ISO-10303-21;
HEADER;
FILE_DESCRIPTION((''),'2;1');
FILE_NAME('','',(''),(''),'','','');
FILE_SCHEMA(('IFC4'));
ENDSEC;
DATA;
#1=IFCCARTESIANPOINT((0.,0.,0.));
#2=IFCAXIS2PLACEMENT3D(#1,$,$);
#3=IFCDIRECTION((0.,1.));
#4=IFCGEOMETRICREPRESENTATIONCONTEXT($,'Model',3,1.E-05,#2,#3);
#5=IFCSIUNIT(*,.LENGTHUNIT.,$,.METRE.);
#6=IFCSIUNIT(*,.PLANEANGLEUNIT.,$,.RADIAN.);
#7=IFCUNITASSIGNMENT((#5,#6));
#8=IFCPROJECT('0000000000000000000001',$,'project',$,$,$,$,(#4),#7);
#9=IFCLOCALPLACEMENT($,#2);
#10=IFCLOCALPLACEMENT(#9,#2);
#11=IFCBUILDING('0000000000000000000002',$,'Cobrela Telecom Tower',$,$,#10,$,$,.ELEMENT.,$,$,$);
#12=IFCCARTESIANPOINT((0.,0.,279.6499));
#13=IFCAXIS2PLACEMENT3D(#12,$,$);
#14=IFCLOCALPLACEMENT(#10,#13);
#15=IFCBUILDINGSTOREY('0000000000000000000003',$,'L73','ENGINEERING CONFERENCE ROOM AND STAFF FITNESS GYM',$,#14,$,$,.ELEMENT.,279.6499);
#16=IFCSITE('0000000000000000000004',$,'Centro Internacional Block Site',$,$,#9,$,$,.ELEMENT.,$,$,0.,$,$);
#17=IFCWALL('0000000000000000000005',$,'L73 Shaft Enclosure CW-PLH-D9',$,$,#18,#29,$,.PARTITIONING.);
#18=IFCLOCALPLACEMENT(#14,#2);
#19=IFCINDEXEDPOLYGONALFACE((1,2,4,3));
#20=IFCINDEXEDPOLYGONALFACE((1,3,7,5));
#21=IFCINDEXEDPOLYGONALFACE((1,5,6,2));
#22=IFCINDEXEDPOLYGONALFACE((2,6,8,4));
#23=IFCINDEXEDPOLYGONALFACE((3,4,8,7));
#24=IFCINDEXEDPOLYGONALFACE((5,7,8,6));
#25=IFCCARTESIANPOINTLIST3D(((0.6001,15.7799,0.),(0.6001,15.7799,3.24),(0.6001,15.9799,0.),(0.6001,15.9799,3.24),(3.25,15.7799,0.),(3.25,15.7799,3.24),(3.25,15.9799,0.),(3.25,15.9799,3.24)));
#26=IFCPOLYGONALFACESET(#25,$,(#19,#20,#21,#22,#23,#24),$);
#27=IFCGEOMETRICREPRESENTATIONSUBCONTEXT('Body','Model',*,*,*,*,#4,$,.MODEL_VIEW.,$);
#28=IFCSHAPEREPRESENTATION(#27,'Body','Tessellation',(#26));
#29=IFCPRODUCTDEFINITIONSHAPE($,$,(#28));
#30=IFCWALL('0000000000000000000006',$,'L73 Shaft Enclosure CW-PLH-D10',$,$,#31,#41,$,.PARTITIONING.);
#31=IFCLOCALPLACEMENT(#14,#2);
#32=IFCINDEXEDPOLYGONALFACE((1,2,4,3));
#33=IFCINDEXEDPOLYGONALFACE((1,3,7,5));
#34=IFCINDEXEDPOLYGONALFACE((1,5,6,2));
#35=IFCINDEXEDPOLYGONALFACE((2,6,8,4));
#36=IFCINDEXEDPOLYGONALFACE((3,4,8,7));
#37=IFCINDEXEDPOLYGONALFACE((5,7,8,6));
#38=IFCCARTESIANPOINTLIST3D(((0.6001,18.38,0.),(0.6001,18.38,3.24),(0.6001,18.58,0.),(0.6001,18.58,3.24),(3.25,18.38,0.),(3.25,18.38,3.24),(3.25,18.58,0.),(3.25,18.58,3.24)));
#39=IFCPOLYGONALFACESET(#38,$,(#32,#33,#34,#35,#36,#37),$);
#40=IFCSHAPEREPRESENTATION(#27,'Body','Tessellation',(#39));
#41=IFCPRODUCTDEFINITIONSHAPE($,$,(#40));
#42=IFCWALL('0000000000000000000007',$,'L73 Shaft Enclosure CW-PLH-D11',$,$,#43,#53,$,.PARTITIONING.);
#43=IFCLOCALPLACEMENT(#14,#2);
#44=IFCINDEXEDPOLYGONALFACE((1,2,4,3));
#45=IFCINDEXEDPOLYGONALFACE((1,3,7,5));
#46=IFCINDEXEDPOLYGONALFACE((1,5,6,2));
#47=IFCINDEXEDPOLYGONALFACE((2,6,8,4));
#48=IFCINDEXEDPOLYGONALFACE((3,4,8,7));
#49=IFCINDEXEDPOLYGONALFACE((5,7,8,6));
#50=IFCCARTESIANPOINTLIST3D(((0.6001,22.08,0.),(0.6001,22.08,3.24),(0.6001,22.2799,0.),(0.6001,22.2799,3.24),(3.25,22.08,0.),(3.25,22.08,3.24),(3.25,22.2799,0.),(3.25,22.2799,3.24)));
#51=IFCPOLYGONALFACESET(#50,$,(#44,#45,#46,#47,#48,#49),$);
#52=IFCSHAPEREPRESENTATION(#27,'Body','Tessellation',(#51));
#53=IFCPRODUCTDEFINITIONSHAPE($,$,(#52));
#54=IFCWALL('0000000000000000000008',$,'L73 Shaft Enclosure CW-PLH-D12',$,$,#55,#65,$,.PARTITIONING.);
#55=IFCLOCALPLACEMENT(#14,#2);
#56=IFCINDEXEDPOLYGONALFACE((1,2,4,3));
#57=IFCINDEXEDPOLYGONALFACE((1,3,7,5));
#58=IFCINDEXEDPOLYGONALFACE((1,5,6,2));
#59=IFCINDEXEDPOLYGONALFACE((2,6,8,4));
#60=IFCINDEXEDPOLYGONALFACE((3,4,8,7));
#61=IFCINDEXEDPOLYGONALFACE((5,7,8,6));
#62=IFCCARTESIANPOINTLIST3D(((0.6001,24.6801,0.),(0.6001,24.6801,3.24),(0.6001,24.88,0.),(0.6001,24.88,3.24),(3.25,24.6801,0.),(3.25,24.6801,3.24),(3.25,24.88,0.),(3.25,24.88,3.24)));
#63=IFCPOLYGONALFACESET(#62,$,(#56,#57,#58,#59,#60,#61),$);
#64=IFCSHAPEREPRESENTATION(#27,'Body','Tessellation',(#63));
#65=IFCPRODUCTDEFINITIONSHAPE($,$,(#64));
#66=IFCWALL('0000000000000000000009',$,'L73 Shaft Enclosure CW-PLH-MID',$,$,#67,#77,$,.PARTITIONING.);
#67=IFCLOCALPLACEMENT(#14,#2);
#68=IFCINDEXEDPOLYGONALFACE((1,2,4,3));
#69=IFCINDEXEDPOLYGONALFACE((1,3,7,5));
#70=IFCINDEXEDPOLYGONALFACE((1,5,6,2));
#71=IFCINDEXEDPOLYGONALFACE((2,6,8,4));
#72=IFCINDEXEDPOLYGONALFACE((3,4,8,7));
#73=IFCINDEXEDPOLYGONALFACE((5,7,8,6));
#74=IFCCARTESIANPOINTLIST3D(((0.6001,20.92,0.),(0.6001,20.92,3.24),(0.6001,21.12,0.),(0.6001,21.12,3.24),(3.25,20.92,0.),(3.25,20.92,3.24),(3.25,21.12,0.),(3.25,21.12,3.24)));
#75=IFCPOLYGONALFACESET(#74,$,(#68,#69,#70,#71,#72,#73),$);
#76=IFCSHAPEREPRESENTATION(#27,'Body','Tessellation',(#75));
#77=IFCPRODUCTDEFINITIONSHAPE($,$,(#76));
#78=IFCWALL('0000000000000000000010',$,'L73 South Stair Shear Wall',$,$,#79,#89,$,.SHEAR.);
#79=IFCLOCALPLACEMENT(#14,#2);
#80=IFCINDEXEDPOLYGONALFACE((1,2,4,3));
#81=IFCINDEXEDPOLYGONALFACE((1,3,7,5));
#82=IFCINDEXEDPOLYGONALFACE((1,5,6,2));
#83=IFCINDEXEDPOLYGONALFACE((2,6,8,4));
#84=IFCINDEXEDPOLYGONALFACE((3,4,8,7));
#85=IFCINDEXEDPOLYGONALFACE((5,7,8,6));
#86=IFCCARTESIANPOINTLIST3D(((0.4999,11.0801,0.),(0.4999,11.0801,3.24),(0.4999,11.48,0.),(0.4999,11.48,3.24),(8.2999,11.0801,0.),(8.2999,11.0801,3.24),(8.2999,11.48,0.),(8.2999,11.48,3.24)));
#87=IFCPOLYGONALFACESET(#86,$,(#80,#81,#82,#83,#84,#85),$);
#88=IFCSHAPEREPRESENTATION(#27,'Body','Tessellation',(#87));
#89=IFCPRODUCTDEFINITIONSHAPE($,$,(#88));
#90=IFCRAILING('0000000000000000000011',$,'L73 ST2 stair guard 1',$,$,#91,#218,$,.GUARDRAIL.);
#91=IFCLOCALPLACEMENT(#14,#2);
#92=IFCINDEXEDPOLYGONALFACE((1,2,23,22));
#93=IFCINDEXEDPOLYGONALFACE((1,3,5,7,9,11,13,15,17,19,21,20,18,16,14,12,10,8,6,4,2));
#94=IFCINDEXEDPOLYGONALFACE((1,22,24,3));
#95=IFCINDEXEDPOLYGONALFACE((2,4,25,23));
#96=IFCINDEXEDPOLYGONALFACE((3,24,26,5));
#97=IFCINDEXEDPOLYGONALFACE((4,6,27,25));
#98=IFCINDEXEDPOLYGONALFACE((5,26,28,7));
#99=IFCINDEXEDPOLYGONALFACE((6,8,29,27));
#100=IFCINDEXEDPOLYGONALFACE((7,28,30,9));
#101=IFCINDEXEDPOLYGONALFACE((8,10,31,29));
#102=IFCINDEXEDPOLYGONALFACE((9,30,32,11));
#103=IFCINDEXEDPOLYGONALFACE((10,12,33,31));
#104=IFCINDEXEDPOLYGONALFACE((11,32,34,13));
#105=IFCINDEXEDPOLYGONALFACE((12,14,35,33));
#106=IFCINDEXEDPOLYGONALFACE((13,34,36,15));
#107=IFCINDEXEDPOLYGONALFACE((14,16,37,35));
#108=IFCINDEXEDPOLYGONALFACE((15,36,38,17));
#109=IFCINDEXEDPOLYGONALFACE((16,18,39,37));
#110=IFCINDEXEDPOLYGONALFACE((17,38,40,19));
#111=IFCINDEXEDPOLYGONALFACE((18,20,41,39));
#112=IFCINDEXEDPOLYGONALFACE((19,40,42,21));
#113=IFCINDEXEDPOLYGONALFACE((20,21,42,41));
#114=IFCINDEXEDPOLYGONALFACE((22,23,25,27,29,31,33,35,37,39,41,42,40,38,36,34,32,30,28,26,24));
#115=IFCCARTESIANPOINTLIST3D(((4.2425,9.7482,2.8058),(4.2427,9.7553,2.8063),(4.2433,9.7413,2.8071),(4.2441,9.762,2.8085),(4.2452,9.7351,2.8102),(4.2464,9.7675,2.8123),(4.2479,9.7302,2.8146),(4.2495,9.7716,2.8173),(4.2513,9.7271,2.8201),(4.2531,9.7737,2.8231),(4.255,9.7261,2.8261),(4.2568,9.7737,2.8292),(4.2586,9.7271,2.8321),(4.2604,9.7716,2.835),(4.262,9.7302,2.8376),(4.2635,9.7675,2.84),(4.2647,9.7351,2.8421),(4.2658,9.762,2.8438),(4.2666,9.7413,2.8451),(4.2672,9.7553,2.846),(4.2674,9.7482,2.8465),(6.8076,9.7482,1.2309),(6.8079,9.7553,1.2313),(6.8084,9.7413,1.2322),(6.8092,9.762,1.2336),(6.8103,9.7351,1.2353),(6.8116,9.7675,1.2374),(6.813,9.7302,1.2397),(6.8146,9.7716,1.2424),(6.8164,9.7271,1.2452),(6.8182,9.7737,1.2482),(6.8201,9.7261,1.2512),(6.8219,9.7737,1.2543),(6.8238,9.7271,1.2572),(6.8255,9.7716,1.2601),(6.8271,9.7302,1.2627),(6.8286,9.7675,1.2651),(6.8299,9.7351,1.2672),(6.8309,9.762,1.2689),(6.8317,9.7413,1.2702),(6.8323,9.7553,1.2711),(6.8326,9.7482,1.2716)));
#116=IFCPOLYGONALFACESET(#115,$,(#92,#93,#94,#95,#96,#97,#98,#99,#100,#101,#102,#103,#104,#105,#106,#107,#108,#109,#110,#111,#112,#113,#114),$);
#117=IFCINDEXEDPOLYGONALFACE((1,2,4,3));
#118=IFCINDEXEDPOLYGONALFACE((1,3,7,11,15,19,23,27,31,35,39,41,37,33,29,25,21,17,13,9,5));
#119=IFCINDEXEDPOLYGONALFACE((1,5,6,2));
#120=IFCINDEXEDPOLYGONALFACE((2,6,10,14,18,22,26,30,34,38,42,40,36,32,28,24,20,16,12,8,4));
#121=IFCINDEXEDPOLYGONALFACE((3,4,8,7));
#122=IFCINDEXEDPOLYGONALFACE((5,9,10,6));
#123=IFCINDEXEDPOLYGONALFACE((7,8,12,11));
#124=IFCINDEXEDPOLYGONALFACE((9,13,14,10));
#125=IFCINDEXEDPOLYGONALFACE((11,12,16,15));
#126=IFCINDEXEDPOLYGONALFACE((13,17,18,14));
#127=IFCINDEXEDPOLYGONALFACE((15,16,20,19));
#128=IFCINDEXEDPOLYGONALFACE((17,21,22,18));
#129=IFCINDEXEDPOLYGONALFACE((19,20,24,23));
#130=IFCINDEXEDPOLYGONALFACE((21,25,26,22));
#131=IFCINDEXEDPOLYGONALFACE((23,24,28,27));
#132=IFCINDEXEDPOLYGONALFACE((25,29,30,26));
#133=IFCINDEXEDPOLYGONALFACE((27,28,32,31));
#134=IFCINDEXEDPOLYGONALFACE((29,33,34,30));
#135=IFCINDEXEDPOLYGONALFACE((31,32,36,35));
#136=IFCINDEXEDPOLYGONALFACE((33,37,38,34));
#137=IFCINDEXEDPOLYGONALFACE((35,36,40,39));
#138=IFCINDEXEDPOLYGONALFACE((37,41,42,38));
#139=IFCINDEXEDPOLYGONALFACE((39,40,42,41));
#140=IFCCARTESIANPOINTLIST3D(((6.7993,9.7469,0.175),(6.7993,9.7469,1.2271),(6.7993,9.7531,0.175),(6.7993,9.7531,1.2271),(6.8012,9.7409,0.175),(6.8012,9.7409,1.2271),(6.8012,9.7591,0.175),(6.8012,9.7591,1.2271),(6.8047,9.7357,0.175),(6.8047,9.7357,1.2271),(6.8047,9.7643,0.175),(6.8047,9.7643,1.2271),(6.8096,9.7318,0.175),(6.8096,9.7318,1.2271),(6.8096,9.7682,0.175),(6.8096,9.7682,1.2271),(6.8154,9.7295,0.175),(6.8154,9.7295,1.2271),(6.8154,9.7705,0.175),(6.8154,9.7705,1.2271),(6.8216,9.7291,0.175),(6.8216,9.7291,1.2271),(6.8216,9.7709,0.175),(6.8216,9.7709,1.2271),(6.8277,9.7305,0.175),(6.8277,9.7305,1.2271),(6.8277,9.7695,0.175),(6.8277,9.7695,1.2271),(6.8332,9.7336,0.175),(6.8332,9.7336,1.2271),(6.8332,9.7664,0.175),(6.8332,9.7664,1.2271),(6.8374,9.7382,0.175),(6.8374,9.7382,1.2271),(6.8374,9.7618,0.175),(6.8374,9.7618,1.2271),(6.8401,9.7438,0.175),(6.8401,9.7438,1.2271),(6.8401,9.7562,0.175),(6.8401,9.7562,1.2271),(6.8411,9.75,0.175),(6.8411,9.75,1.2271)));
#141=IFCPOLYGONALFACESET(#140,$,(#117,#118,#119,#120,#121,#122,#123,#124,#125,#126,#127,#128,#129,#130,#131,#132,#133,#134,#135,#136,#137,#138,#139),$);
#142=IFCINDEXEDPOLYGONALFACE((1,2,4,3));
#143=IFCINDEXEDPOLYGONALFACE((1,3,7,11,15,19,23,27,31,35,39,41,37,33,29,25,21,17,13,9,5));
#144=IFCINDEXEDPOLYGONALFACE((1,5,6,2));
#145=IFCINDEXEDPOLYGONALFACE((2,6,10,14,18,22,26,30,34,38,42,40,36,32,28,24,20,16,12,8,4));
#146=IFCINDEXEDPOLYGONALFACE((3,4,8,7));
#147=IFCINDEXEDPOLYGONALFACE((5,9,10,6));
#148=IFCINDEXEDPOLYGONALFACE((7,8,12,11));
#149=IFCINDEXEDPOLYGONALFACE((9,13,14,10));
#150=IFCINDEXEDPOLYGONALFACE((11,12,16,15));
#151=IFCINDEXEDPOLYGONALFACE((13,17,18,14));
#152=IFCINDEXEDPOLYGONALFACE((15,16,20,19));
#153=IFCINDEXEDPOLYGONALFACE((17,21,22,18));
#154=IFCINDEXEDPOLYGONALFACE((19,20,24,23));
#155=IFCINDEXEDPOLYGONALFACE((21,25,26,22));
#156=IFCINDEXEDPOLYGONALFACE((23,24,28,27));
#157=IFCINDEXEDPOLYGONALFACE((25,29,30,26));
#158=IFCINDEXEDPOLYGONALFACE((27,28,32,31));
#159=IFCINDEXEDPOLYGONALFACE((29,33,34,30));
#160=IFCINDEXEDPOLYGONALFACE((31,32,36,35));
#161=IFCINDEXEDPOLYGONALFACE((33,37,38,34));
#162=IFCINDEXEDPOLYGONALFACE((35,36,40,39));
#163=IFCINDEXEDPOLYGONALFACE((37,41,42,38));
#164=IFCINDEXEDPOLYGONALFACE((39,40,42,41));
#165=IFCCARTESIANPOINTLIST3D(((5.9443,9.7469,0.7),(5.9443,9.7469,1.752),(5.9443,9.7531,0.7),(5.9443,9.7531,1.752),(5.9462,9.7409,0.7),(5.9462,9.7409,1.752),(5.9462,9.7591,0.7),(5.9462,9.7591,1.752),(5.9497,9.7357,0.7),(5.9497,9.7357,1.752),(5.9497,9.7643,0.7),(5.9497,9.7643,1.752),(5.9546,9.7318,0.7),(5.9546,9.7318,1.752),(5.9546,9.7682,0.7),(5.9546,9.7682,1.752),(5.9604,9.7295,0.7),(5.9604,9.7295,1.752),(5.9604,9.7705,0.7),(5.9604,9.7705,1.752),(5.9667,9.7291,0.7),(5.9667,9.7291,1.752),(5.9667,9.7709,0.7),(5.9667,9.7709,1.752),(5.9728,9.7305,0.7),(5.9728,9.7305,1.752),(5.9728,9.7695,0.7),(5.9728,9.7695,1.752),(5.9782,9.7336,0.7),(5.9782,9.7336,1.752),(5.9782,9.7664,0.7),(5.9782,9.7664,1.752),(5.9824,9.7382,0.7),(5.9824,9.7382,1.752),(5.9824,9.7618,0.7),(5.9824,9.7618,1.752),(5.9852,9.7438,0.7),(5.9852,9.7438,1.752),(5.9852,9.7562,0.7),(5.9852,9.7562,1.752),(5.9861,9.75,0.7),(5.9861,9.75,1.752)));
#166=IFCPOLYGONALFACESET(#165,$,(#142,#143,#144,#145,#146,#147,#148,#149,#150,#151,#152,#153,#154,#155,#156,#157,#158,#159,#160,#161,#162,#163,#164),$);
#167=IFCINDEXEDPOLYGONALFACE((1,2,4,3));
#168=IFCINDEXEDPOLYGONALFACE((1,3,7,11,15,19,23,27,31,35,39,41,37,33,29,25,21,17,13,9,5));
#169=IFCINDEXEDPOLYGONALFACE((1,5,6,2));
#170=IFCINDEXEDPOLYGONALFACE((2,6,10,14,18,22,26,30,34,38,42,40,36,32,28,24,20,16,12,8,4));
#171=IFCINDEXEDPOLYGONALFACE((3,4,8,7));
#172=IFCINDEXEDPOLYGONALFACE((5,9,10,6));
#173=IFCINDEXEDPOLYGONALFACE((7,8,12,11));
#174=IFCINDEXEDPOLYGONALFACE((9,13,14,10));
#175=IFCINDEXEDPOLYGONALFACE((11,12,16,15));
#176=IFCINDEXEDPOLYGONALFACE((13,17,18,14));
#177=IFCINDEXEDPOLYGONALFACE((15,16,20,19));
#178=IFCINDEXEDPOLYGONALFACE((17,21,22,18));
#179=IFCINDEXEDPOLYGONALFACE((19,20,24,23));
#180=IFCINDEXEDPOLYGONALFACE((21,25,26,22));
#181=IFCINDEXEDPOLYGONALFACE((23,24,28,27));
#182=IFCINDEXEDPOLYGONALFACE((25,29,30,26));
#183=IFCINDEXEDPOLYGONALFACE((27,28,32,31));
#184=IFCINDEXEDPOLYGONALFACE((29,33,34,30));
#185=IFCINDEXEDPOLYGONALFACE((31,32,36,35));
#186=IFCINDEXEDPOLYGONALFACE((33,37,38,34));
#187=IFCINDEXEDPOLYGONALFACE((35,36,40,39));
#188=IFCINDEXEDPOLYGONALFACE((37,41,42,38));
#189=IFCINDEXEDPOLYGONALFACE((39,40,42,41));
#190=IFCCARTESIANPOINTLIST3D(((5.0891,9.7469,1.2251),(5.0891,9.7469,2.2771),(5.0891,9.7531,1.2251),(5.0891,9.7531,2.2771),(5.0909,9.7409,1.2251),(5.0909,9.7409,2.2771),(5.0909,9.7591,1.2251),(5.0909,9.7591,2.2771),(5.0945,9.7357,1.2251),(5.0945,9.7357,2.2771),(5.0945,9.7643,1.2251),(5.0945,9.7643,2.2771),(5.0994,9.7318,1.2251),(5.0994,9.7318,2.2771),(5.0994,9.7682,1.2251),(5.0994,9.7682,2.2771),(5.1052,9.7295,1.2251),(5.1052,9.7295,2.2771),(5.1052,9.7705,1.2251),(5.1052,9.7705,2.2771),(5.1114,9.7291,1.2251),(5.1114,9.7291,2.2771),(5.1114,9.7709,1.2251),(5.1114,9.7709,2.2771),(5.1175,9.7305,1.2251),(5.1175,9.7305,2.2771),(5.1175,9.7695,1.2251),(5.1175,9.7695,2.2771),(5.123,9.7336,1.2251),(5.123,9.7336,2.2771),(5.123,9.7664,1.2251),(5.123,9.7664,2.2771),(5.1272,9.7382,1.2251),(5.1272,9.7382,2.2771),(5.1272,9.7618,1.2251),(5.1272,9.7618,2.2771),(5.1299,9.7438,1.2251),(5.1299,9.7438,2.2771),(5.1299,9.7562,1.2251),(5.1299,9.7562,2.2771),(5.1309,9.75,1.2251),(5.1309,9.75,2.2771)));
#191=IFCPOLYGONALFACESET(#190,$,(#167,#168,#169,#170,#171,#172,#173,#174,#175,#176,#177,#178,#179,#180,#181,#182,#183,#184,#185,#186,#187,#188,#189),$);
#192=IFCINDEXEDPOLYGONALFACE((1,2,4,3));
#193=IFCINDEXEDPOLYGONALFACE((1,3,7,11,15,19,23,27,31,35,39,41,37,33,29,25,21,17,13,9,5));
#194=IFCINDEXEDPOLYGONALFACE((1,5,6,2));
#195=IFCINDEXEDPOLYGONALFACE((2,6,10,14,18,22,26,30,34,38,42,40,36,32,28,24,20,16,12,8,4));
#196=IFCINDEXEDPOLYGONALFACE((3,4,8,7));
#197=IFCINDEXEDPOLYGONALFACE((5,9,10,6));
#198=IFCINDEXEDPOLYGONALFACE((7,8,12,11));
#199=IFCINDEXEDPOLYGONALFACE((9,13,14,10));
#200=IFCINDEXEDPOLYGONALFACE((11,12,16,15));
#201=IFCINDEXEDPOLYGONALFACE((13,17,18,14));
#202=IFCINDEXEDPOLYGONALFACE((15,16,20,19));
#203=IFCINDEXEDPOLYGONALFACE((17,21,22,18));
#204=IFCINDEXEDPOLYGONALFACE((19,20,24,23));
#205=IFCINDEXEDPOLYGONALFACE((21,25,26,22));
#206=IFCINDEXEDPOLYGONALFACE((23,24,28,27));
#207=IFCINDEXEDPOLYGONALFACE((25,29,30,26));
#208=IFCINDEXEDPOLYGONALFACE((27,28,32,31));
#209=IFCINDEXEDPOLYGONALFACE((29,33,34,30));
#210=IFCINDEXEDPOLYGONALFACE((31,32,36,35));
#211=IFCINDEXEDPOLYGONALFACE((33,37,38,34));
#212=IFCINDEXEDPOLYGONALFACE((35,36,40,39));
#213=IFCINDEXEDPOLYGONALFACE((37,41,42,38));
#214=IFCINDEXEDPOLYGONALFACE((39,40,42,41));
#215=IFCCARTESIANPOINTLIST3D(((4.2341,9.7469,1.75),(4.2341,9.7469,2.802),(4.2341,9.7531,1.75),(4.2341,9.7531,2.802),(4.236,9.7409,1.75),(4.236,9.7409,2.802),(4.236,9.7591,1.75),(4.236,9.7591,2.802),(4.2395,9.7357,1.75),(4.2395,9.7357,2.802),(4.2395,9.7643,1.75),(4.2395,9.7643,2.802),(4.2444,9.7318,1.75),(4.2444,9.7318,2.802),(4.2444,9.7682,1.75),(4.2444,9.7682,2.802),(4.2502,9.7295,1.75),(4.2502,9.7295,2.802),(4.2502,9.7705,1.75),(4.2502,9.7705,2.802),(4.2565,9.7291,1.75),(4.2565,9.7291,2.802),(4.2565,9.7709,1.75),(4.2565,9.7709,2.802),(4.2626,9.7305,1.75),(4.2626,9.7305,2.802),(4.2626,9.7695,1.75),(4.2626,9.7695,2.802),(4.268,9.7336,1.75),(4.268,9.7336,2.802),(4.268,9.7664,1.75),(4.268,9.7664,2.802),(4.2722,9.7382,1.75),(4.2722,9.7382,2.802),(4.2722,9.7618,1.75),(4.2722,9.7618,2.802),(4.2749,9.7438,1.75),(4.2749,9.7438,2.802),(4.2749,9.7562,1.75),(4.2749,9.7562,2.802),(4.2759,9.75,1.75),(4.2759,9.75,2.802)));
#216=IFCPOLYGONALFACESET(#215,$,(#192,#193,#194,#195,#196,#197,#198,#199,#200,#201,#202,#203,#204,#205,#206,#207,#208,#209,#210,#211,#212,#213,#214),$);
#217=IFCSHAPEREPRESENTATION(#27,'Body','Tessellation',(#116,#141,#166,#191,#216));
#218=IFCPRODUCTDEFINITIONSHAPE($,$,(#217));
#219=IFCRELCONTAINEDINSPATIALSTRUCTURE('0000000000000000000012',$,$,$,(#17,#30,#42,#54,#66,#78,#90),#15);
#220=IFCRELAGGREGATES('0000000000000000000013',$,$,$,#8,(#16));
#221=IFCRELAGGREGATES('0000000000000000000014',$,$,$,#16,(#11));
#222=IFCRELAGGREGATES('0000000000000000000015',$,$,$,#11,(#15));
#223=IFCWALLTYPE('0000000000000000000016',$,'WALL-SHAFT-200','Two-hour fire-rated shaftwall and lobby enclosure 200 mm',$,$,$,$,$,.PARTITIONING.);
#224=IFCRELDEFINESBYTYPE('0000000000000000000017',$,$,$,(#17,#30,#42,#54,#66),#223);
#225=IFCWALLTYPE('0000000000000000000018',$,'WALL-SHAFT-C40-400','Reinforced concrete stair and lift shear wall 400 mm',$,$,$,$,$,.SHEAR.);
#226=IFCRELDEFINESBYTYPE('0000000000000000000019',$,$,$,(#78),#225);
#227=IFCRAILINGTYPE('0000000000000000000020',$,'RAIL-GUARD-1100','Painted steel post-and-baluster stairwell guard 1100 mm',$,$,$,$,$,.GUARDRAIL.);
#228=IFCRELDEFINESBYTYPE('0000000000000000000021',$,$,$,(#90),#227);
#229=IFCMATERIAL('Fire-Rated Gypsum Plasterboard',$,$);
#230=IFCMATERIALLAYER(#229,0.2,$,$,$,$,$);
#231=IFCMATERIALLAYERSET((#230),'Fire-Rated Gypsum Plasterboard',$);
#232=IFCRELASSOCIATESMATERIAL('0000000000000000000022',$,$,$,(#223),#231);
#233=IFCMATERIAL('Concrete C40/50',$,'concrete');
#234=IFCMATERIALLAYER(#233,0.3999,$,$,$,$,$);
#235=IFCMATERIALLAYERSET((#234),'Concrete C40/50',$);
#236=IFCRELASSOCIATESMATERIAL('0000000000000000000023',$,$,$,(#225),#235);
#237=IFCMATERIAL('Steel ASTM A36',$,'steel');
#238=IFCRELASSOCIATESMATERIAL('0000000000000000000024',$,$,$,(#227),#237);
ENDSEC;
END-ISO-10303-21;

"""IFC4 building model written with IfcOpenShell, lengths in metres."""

from ifc_helpers import new_model, si_unit, direction, frame, frame_2d, origin, origin_2d, place, context, subcontext, project, spatial, rectangle, circle, extrude, material, layer, layer_set, type_object, element, save


model = new_model("IFC4")

# Units and contexts
model_context = context("Model", 3, precision=1e-05, world=origin(), true_north=direction((0.0, 1.0)))
body_context = subcontext(model_context, "Body", "Model", "MODEL_VIEW")
ifc_project = project(units=[si_unit("LENGTHUNIT", "METRE"), si_unit("PLANEANGLEUNIT", "RADIAN")], contexts=[model_context])

# Site, building, storey
site_placement = place(None, origin())
site = spatial("IfcSite", under=ifc_project, at=site_placement, Name="Centro Internacional Block Site", CompositionType="ELEMENT", RefElevation=0.0)
building_placement = place(site_placement, origin())
building = spatial("IfcBuilding", under=site, at=building_placement, Name="Cobrela Telecom Tower", CompositionType="ELEMENT")
storey_placement = place(building_placement, frame((0.0, 0.0, 279.6499)))
storey = spatial("IfcBuildingStorey", under=building, at=storey_placement, Name="L73", Description="ENGINEERING CONFERENCE ROOM AND STAFF FITNESS GYM", CompositionType="ELEMENT", Elevation=279.6499)

# Shared definitions
ifc_material_1 = material(Name="Fire-Rated Gypsum Plasterboard")

# Shared definitions
ifc_layer_1 = layer(ifc_material_1, 0.2)
ifc_layer_set_1 = layer_set([ifc_layer_1], Name="Fire-Rated Gypsum Plasterboard")
wall_type_1 = type_object("IfcWallType", Name="WALL-SHAFT-200", Description="Two-hour fire-rated shaftwall and lobby enclosure 200 mm", PredefinedType="PARTITIONING", material=ifc_layer_set_1)
ifc_material_2 = material(Name="Steel ASTM A36", Category="steel")

# Walls
for number, where, z_axis, x_axis, name in (
    (1, (0.6001, 15.8799, 0.0), (0.0, 0.0, 1.0), (1.0, 0.0, 0.0), "L73 Shaft Enclosure CW-PLH-D9"),
    (2, (0.6001, 18.48, 0.0), (0.0, 0.0, 1.0), (1.0, 0.0, 0.0), "L73 Shaft Enclosure CW-PLH-D10"),
    (3, (0.6001, 22.1799, 0.0), (0.0, 0.0, 1.0), (1.0, 0.0, 0.0), "L73 Shaft Enclosure CW-PLH-D11"),
    (4, (0.6001, 24.78, 0.0), (0.0, 0.0, 1.0), (1.0, 0.0, 0.0), "L73 Shaft Enclosure CW-PLH-D12"),
    (5, (0.6001, 21.02, 0.0), (0.0, 0.0, 1.0), (1.0, 0.0, 0.0), "L73 Shaft Enclosure CW-PLH-MID"),
):
    element("IfcWall", number, at=place(storey_placement, frame(where, z_axis=z_axis, x_axis=x_axis)), inside=storey, type_object=wall_type_1, Name=name, PredefinedType="PARTITIONING", context=body_context, shape_type="SweptSolid", body=[
        extrude(rectangle(XDim=2.6499, YDim=0.2, at=frame_2d((1.325, 0.0))), origin(), (0.0, 0.0, 1.0), 3.24),
    ])
ifc_material_3 = material(Name="Concrete C40/50", Category="concrete")
ifc_layer_2 = layer(ifc_material_3, 0.3999)
ifc_layer_set_2 = layer_set([ifc_layer_2], Name="Concrete C40/50")
wall_type_2 = type_object("IfcWallType", Name="WALL-SHAFT-C40-400", Description="Reinforced concrete stair and lift shear wall 400 mm", PredefinedType="SHEAR", material=ifc_layer_set_2)
wall_1_placement = place(storey_placement, frame((0.5, 11.28, 0.0), z_axis=(0.0, 0.0, 1.0), x_axis=(1.0, 0.0, 0.0)))
element("IfcWall", 6, at=wall_1_placement, inside=storey, type_object=wall_type_2, Name="L73 South Stair Shear Wall", PredefinedType="SHEAR", context=body_context, shape_type="SweptSolid", body=[
    extrude(rectangle(XDim=7.8, YDim=0.3999, at=frame_2d((3.8999, 0.0))), origin(), (0.0, 0.0, 1.0), 3.24),
])

# Railing
railing_type = type_object("IfcRailingType", Name="RAIL-GUARD-1100", Description="Painted steel post-and-baluster stairwell guard 1100 mm", PredefinedType="GUARDRAIL", material=ifc_material_2)
railing_1_placement = place(storey_placement, frame((6.8201, 9.75, 0.175)))
element("IfcRailing", 7, at=railing_1_placement, inside=storey, type_object=railing_type, Name="L73 ST2 stair guard 1", PredefinedType="GUARDRAIL", context=body_context, shape_type="SweptSolid", body=[
    extrude(circle(Radius=0.0239, at=origin_2d()), frame((0.0, 0.0, 1.0762), z_axis=(-0.852195, 0.0, 0.523224), x_axis=(0.0, -1.0, 0.0)), (0.0, 0.0, 1.0), 3.01),
    extrude(circle(Radius=0.021, at=origin_2d()), origin(), (0.0, 0.0, 1.0), 1.052),
    extrude(circle(Radius=0.021, at=origin_2d()), frame((-0.855, 0.0, 0.5249)), (0.0, 0.0, 1.0), 1.052),
    extrude(circle(Radius=0.021, at=origin_2d()), frame((-1.7102, 0.0, 1.05)), (0.0, 0.0, 1.0), 1.052),
    extrude(circle(Radius=0.021, at=origin_2d()), frame((-2.5652, 0.0, 1.575)), (0.0, 0.0, 1.0), 1.052),
])

save(model, "model.ifc")
